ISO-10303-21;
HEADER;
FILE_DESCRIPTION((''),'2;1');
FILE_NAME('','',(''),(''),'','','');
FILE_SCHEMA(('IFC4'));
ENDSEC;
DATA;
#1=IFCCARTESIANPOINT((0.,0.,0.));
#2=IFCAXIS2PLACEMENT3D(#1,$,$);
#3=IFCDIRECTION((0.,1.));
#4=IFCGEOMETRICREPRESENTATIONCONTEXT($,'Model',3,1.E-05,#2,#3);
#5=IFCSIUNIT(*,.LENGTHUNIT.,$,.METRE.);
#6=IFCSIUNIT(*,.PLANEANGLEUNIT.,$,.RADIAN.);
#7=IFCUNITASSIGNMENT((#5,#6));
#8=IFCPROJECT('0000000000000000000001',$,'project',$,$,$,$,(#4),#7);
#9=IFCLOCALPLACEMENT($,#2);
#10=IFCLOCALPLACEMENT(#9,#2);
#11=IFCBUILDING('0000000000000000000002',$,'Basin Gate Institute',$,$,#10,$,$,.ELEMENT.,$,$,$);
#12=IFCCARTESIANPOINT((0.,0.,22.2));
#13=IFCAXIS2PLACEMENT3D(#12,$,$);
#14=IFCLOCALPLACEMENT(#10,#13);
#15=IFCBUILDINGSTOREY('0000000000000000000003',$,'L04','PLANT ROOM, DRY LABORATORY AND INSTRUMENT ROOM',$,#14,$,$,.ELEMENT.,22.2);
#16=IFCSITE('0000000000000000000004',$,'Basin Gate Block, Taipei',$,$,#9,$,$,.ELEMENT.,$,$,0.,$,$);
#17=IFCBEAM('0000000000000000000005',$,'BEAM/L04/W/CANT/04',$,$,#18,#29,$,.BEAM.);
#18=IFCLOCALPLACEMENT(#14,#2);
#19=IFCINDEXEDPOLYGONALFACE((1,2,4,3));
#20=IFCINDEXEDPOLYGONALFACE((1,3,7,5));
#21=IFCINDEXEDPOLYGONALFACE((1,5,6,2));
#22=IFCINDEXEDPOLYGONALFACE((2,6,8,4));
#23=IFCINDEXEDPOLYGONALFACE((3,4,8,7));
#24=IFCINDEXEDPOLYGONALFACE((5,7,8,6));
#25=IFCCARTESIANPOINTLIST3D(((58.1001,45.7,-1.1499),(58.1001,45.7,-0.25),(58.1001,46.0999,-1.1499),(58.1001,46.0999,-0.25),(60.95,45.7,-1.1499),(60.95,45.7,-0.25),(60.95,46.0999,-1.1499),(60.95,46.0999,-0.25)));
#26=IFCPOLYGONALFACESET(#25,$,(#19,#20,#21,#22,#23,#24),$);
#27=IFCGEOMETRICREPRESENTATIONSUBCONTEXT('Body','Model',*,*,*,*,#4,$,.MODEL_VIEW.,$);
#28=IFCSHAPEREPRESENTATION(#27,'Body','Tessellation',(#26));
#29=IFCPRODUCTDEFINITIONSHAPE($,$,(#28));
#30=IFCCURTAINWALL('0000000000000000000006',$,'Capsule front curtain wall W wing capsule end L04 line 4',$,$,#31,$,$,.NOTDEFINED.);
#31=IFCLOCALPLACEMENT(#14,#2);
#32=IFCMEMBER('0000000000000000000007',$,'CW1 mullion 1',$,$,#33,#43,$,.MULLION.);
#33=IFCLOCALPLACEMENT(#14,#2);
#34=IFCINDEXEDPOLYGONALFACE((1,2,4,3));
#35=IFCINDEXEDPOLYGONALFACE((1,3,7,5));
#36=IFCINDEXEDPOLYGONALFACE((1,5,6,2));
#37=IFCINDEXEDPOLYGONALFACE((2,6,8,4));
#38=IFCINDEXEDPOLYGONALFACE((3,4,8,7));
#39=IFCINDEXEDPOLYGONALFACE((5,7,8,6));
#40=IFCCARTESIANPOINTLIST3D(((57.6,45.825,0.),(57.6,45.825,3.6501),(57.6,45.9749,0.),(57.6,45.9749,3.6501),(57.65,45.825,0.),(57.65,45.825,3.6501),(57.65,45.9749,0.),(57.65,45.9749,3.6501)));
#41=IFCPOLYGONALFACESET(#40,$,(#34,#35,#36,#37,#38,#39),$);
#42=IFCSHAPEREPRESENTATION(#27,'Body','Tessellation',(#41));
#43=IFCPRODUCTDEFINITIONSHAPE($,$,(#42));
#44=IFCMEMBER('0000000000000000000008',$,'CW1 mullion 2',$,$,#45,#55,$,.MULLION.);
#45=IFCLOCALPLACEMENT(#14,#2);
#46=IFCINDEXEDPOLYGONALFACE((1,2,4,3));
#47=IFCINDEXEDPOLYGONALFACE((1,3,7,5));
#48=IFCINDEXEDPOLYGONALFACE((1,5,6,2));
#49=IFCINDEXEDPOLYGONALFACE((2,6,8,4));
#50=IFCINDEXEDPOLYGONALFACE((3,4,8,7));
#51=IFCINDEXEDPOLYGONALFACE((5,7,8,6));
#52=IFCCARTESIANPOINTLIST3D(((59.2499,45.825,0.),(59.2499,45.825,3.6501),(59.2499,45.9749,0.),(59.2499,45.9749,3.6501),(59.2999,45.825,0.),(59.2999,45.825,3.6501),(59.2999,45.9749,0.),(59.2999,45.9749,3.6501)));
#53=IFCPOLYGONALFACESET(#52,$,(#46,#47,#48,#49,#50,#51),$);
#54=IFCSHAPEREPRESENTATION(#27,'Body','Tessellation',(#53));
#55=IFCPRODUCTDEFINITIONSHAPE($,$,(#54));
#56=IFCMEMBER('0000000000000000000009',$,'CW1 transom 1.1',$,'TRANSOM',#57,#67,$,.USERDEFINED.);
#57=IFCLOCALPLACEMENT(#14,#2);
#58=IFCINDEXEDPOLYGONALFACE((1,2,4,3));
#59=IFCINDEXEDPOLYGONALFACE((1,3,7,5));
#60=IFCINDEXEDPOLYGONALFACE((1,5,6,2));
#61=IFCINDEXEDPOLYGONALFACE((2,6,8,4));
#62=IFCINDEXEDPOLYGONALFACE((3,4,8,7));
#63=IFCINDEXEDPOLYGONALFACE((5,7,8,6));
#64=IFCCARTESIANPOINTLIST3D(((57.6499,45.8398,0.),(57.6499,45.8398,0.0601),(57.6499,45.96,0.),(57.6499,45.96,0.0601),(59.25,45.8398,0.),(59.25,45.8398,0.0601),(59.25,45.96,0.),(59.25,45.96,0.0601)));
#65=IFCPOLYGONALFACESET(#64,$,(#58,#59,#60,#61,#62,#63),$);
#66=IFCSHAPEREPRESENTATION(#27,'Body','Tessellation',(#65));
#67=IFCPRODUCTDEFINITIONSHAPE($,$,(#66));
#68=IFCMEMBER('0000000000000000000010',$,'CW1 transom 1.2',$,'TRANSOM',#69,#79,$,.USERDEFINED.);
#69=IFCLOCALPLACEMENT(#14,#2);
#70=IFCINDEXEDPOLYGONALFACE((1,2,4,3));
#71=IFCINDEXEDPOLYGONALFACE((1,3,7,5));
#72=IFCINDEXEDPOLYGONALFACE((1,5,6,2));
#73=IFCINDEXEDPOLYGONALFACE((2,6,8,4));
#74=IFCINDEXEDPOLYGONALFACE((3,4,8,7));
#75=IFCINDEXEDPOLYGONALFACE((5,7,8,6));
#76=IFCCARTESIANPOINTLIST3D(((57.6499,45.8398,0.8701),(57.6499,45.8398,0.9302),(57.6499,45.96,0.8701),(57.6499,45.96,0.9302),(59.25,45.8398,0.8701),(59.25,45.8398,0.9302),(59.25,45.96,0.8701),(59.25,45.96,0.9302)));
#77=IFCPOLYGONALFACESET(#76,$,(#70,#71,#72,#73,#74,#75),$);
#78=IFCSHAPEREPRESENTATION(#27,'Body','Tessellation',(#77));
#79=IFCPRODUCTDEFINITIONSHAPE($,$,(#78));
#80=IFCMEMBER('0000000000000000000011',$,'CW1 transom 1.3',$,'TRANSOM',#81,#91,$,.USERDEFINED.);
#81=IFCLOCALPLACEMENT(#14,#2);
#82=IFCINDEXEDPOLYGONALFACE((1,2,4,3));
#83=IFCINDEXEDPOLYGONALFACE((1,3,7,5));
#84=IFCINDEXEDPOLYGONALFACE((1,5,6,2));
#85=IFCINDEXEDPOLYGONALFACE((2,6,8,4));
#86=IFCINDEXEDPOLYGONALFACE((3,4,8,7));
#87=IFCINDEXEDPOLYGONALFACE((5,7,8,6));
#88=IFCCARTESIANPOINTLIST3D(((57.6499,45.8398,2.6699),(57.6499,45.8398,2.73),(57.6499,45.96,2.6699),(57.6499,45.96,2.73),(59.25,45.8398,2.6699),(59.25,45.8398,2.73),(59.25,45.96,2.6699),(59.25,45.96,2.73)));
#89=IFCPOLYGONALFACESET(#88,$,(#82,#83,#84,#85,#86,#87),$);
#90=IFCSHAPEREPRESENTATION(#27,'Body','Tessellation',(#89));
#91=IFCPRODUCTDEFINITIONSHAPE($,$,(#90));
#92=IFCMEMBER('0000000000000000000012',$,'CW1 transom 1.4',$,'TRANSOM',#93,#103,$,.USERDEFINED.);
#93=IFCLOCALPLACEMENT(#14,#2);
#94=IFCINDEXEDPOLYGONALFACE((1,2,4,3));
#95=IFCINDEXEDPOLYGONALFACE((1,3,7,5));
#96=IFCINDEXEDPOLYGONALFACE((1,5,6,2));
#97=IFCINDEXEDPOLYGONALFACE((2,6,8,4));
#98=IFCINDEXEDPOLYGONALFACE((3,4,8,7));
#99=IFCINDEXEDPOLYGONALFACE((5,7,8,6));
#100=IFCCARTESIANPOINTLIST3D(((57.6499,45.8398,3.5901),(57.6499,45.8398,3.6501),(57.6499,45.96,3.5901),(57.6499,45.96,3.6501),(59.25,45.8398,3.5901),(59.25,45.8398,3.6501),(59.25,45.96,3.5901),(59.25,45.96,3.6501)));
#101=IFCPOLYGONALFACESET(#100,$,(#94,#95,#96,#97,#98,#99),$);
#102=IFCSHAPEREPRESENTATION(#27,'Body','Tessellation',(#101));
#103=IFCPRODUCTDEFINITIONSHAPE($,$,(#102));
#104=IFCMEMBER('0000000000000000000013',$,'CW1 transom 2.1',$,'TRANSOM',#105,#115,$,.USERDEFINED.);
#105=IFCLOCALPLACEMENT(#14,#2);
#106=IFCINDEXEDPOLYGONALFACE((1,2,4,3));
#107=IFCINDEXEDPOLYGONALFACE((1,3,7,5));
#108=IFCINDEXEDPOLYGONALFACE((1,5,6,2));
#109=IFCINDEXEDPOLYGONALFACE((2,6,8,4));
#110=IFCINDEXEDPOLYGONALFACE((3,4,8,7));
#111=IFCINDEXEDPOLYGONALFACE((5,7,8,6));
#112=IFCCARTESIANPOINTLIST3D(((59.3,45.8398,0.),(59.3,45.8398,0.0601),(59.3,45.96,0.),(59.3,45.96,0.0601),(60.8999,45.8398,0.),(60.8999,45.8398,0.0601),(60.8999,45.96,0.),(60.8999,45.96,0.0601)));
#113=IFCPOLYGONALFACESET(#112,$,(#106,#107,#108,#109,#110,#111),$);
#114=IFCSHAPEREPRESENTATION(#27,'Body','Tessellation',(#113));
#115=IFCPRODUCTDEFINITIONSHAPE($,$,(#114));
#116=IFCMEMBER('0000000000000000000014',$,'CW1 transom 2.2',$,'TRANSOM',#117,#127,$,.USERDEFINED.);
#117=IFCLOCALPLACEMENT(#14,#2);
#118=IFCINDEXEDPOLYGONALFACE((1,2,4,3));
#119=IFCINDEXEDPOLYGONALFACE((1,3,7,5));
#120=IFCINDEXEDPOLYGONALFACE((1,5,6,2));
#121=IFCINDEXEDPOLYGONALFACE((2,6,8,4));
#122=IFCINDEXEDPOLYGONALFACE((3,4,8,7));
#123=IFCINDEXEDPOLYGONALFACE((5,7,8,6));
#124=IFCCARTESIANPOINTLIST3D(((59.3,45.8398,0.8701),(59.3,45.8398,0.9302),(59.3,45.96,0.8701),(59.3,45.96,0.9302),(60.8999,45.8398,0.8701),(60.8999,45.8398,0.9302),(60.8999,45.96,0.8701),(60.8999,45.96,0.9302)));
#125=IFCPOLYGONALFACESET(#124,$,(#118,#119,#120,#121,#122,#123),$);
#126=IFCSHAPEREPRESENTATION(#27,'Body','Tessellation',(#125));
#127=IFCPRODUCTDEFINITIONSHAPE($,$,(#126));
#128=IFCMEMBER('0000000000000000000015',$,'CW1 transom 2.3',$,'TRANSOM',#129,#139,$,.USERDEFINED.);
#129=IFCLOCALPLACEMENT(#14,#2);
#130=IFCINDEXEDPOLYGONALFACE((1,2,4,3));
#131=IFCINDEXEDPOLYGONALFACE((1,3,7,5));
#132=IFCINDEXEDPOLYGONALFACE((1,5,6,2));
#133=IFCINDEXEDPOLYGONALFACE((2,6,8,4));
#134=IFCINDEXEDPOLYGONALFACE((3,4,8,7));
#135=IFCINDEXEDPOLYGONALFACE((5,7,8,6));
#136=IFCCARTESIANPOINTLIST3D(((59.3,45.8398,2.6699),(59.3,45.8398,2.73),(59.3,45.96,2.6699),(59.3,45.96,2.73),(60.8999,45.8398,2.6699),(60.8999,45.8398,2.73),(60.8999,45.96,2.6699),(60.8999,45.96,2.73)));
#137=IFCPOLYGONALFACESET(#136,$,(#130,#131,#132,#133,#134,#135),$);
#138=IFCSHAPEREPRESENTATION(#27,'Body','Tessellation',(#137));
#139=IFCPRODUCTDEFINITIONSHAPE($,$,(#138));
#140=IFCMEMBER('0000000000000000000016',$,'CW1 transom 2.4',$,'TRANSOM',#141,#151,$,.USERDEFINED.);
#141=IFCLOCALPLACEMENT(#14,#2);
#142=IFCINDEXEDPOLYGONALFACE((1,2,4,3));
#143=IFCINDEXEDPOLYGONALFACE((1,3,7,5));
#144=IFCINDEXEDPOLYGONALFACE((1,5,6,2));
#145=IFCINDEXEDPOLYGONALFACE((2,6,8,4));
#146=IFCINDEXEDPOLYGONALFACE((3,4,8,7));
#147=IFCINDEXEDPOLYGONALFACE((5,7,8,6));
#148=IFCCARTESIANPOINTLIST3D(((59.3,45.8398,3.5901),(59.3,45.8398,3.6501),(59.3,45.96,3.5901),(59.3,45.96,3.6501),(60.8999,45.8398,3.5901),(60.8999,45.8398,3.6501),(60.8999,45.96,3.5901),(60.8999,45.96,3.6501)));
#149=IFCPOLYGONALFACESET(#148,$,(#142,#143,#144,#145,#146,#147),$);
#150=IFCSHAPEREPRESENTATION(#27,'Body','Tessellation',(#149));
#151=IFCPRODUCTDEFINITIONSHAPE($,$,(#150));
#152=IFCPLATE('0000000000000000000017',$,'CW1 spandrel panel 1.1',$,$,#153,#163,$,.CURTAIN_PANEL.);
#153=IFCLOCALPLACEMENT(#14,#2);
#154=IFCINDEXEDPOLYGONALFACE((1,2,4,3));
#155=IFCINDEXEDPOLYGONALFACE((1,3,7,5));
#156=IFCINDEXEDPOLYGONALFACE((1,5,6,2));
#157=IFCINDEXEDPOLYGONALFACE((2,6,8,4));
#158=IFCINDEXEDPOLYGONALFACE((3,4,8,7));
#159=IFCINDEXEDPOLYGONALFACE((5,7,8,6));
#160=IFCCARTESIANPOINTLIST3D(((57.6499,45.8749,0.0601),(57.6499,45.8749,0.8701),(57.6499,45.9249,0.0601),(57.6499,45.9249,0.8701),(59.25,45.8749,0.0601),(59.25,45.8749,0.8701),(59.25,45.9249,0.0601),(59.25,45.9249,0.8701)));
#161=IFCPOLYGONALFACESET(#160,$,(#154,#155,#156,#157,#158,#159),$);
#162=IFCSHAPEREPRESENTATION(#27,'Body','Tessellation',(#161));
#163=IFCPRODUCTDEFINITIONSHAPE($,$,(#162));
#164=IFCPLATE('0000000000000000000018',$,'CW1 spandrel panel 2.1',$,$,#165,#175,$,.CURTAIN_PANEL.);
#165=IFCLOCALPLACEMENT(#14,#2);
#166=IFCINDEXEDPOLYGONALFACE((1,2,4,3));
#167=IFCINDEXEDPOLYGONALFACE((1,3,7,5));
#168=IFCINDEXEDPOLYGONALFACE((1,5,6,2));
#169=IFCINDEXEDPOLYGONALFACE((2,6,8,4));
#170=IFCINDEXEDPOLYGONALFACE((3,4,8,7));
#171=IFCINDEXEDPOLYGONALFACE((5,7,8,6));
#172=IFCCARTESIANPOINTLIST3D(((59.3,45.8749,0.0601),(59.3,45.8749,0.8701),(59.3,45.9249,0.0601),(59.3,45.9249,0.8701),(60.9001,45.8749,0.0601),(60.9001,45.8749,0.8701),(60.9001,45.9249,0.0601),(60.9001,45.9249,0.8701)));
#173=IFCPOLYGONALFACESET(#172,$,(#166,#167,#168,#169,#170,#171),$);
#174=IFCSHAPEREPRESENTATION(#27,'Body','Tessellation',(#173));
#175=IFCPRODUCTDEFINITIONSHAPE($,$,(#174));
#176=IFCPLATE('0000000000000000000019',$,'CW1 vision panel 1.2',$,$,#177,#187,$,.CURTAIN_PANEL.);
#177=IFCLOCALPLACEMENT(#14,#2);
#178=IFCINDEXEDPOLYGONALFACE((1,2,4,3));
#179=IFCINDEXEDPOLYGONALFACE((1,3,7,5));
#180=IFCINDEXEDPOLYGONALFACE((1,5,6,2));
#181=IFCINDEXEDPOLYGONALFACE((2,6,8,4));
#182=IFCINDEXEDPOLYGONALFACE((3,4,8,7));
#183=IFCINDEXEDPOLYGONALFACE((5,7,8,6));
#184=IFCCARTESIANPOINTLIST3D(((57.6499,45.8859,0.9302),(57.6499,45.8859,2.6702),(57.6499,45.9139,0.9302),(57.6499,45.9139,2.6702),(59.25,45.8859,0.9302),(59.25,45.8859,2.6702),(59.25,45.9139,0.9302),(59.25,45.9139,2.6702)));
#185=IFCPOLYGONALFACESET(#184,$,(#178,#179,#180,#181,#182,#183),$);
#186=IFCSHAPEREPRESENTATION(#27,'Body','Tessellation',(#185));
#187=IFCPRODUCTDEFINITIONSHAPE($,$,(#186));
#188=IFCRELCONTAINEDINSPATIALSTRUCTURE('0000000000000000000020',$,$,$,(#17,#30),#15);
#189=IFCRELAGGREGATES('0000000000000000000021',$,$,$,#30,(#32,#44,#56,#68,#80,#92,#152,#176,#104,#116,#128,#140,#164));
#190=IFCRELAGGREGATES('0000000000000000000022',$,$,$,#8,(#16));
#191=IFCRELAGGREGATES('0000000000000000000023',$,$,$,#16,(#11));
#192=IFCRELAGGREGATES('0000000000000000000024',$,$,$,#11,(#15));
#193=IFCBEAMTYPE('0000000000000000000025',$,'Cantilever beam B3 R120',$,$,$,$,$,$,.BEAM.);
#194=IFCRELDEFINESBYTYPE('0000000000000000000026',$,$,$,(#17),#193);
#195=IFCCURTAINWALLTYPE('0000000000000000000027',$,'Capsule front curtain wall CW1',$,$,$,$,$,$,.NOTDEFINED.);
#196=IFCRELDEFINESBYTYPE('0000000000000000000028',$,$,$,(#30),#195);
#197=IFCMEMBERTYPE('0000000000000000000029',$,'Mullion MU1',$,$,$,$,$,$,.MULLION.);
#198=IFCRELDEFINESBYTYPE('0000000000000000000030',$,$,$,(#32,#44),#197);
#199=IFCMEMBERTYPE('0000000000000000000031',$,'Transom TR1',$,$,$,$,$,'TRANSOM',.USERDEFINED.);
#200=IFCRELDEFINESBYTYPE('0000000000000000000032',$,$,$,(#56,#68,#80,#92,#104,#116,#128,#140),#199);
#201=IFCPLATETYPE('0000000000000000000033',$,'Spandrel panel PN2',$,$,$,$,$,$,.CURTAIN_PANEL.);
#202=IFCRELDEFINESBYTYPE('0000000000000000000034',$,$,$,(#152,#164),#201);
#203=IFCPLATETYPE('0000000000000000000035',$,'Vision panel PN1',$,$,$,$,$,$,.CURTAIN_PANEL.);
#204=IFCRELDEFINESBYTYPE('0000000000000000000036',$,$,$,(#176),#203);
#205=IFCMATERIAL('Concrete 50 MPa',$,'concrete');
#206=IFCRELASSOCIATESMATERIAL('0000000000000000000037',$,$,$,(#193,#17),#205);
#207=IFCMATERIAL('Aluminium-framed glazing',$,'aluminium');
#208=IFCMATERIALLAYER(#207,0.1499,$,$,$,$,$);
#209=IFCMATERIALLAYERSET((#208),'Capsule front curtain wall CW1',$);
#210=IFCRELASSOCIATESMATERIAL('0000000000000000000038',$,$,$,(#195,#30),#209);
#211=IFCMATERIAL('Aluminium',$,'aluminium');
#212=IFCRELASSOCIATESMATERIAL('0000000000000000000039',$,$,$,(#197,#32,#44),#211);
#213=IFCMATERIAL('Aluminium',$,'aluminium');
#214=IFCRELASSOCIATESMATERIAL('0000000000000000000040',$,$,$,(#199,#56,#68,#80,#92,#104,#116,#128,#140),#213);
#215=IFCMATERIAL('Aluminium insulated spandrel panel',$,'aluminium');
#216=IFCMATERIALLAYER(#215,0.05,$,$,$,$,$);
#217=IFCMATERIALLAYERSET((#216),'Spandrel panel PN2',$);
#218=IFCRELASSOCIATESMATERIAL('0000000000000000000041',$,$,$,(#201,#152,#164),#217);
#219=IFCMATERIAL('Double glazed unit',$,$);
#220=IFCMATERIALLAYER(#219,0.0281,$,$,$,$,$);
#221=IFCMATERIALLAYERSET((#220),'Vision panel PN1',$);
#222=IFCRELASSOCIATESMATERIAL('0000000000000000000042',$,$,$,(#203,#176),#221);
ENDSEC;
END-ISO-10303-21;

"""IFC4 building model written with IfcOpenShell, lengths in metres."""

from ifc_helpers import new_model, si_unit, direction, frame, origin, origin_2d, place, context, subcontext, project, spatial, rectangle, extrude, material, layer, layer_set, material_profile, profile_set, type_object, element, aggregate, save


model = new_model("IFC4")

# Units and contexts
model_context = context("Model", 3, precision=1e-05, world=origin(), true_north=direction((0.0, 1.0)))
body_context = subcontext(model_context, "Body", "Model", "MODEL_VIEW")
ifc_project = project(units=[si_unit("LENGTHUNIT", "METRE"), si_unit("PLANEANGLEUNIT", "RADIAN")], contexts=[model_context])

# Site, building, storey
site_placement = place(None, origin())
site = spatial("IfcSite", under=ifc_project, at=site_placement, Name="Basin Gate Block, Taipei", CompositionType="ELEMENT", RefElevation=0.0)
building_placement = place(site_placement, origin())
building = spatial("IfcBuilding", under=site, at=building_placement, Name="Basin Gate Institute", CompositionType="ELEMENT")
storey_placement = place(building_placement, frame((0.0, 0.0, 22.2)))
storey = spatial("IfcBuildingStorey", under=building, at=storey_placement, Name="L04", Description="PLANT ROOM, DRY LABORATORY AND INSTRUMENT ROOM", CompositionType="ELEMENT", Elevation=22.2)

# Beam
ifc_material_1 = material(Name="Concrete 50 MPa", Category="concrete")
ifc_material_profile_1 = material_profile(ifc_material_1, rectangle(XDim=0.3999, YDim=0.8999, at=origin_2d()), Name="Cantilever beam B3 400 x 900")
ifc_profile_set_1 = profile_set([ifc_material_profile_1], Name="Concrete 50 MPa")
beam_type = type_object("IfcBeamType", Name="Cantilever beam B3 R120", PredefinedType="BEAM", material=ifc_profile_set_1)
beam_placement = place(storey_placement, frame((58.1001, 45.8999, -0.7), z_axis=(1.0, 0.0, 0.0), x_axis=(0.0, 1.0, 0.0)))
element("IfcBeam", 1, at=beam_placement, inside=storey, type_object=beam_type, material=ifc_profile_set_1, Name="BEAM/L04/W/CANT/04", PredefinedType="BEAM", context=body_context, shape_type="SweptSolid", body=[
    extrude(rectangle(XDim=0.3999, YDim=0.8999, at=origin_2d()), origin(), (0.0, 0.0, 1.0), 2.8499),
])

# Curtain wall, members, plates
ifc_material_2 = material(Name="Aluminium-framed glazing", Category="aluminium")
ifc_layer_1 = layer(ifc_material_2, 0.1499)
ifc_layer_set_1 = layer_set([ifc_layer_1], Name="Capsule front curtain wall CW1")
curtain_wall_type = type_object("IfcCurtainWallType", Name="Capsule front curtain wall CW1", PredefinedType="NOTDEFINED", material=ifc_layer_set_1)
curtain_wall_placement = place(storey_placement, origin())
curtain_wall = element("IfcCurtainWall", 2, at=curtain_wall_placement, inside=storey, type_object=curtain_wall_type, material=ifc_layer_set_1, Name="Capsule front curtain wall W wing capsule end L04 line 4", PredefinedType="NOTDEFINED")
ifc_material_3 = material(Name="Aluminium", Category="aluminium")
ifc_material_profile_2 = material_profile(ifc_material_3, rectangle(XDim=0.1499, YDim=0.05, at=origin_2d()), Name="Mullion MU1 150 x 50")
ifc_profile_set_2 = profile_set([ifc_material_profile_2], Name="Aluminium")
member_type_1 = type_object("IfcMemberType", Name="Mullion MU1", PredefinedType="MULLION", material=ifc_profile_set_2)
member_1_placement = place(storey_placement, frame((57.625, 45.8999, 0.0), z_axis=(0.0, 0.0, 1.0), x_axis=(0.0, 1.0, 0.0)))
member_1 = element("IfcMember", 3, at=member_1_placement, type_object=member_type_1, material=ifc_profile_set_2, Name="CW1 mullion 1", PredefinedType="MULLION", context=body_context, shape_type="SweptSolid", body=[
    extrude(rectangle(XDim=0.1499, YDim=0.05, at=origin_2d()), origin(), (0.0, 0.0, 1.0), 3.6501),
])
member_2_placement = place(storey_placement, frame((59.2749, 45.8999, 0.0), z_axis=(0.0, 0.0, 1.0), x_axis=(0.0, 1.0, 0.0)))
member_2 = element("IfcMember", 4, at=member_2_placement, type_object=member_type_1, material=ifc_profile_set_2, Name="CW1 mullion 2", PredefinedType="MULLION", context=body_context, shape_type="SweptSolid", body=[
    extrude(rectangle(XDim=0.1499, YDim=0.05, at=origin_2d()), origin(), (0.0, 0.0, 1.0), 3.6501),
])
ifc_material_4 = material(Name="Aluminium", Category="aluminium")
ifc_material_profile_3 = material_profile(ifc_material_4, rectangle(XDim=0.1201, YDim=0.0601, at=origin_2d()), Name="Transom TR1 120 x 60")
ifc_profile_set_3 = profile_set([ifc_material_profile_3], Name="Aluminium")
member_type_2 = type_object("IfcMemberType", Name="Transom TR1", ElementType="TRANSOM", PredefinedType="USERDEFINED", material=ifc_profile_set_3)
member_3_placement = place(storey_placement, frame((57.6499, 45.8999, 0.03), z_axis=(1.0, 0.0, 0.0), x_axis=(0.0, 1.0, 0.0)))
member_3 = element("IfcMember", 5, at=member_3_placement, type_object=member_type_2, material=ifc_profile_set_3, Name="CW1 transom 1.1", ObjectType="TRANSOM", PredefinedType="USERDEFINED", context=body_context, shape_type="SweptSolid", body=[
    extrude(rectangle(XDim=0.1201, YDim=0.0601, at=origin_2d()), origin(), (0.0, 0.0, 1.0), 1.6001),
])
member_4_placement = place(storey_placement, frame((57.6499, 45.8999, 0.9001), z_axis=(1.0, 0.0, 0.0), x_axis=(0.0, 1.0, 0.0)))
member_4 = element("IfcMember", 6, at=member_4_placement, type_object=member_type_2, material=ifc_profile_set_3, Name="CW1 transom 1.2", ObjectType="TRANSOM", PredefinedType="USERDEFINED", context=body_context, shape_type="SweptSolid", body=[
    extrude(rectangle(XDim=0.1201, YDim=0.0601, at=origin_2d()), origin(), (0.0, 0.0, 1.0), 1.6001),
])
member_5_placement = place(storey_placement, frame((57.6499, 45.8999, 2.7), z_axis=(1.0, 0.0, 0.0), x_axis=(0.0, 1.0, 0.0)))
member_5 = element("IfcMember", 7, at=member_5_placement, type_object=member_type_2, material=ifc_profile_set_3, Name="CW1 transom 1.3", ObjectType="TRANSOM", PredefinedType="USERDEFINED", context=body_context, shape_type="SweptSolid", body=[
    extrude(rectangle(XDim=0.1201, YDim=0.0601, at=origin_2d()), origin(), (0.0, 0.0, 1.0), 1.6001),
])
member_6_placement = place(storey_placement, frame((57.6499, 45.8999, 3.6201), z_axis=(1.0, 0.0, 0.0), x_axis=(0.0, 1.0, 0.0)))
member_6 = element("IfcMember", 8, at=member_6_placement, type_object=member_type_2, material=ifc_profile_set_3, Name="CW1 transom 1.4", ObjectType="TRANSOM", PredefinedType="USERDEFINED", context=body_context, shape_type="SweptSolid", body=[
    extrude(rectangle(XDim=0.1201, YDim=0.0601, at=origin_2d()), origin(), (0.0, 0.0, 1.0), 1.6001),
])
member_7_placement = place(storey_placement, frame((59.3, 45.8999, 0.03), z_axis=(1.0, 0.0, 0.0), x_axis=(0.0, 1.0, 0.0)))
member_7 = element("IfcMember", 9, at=member_7_placement, type_object=member_type_2, material=ifc_profile_set_3, Name="CW1 transom 2.1", ObjectType="TRANSOM", PredefinedType="USERDEFINED", context=body_context, shape_type="SweptSolid", body=[
    extrude(rectangle(XDim=0.1201, YDim=0.0601, at=origin_2d()), origin(), (0.0, 0.0, 1.0), 1.5999),
])
member_8_placement = place(storey_placement, frame((59.3, 45.8999, 0.9001), z_axis=(1.0, 0.0, 0.0), x_axis=(0.0, 1.0, 0.0)))
member_8 = element("IfcMember", 10, at=member_8_placement, type_object=member_type_2, material=ifc_profile_set_3, Name="CW1 transom 2.2", ObjectType="TRANSOM", PredefinedType="USERDEFINED", context=body_context, shape_type="SweptSolid", body=[
    extrude(rectangle(XDim=0.1201, YDim=0.0601, at=origin_2d()), origin(), (0.0, 0.0, 1.0), 1.5999),
])
member_9_placement = place(storey_placement, frame((59.3, 45.8999, 2.7), z_axis=(1.0, 0.0, 0.0), x_axis=(0.0, 1.0, 0.0)))
member_9 = element("IfcMember", 11, at=member_9_placement, type_object=member_type_2, material=ifc_profile_set_3, Name="CW1 transom 2.3", ObjectType="TRANSOM", PredefinedType="USERDEFINED", context=body_context, shape_type="SweptSolid", body=[
    extrude(rectangle(XDim=0.1201, YDim=0.0601, at=origin_2d()), origin(), (0.0, 0.0, 1.0), 1.5999),
])
member_10_placement = place(storey_placement, frame((59.3, 45.8999, 3.6201), z_axis=(1.0, 0.0, 0.0), x_axis=(0.0, 1.0, 0.0)))
member_10 = element("IfcMember", 12, at=member_10_placement, type_object=member_type_2, material=ifc_profile_set_3, Name="CW1 transom 2.4", ObjectType="TRANSOM", PredefinedType="USERDEFINED", context=body_context, shape_type="SweptSolid", body=[
    extrude(rectangle(XDim=0.1201, YDim=0.0601, at=origin_2d()), origin(), (0.0, 0.0, 1.0), 1.5999),
])
ifc_material_5 = material(Name="Aluminium insulated spandrel panel", Category="aluminium")
ifc_layer_2 = layer(ifc_material_5, 0.05)
ifc_layer_set_2 = layer_set([ifc_layer_2], Name="Spandrel panel PN2")
plate_type_1 = type_object("IfcPlateType", Name="Spandrel panel PN2", PredefinedType="CURTAIN_PANEL", material=ifc_layer_set_2)
plate_1_placement = place(storey_placement, frame((58.45, 45.8999, 0.0601), z_axis=(0.0, 0.0, 1.0), x_axis=(1.0, 0.0, 0.0)))
plate_1 = element("IfcPlate", 13, at=plate_1_placement, type_object=plate_type_1, material=ifc_layer_set_2, Name="CW1 spandrel panel 1.1", PredefinedType="CURTAIN_PANEL", context=body_context, shape_type="SweptSolid", body=[
    extrude(rectangle(XDim=1.6001, YDim=0.05, at=origin_2d()), origin(), (0.0, 0.0, 1.0), 0.8101),
])
plate_2_placement = place(storey_placement, frame((60.1001, 45.8999, 0.0601), z_axis=(0.0, 0.0, 1.0), x_axis=(1.0, 0.0, 0.0)))
plate_2 = element("IfcPlate", 14, at=plate_2_placement, type_object=plate_type_1, material=ifc_layer_set_2, Name="CW1 spandrel panel 2.1", PredefinedType="CURTAIN_PANEL", context=body_context, shape_type="SweptSolid", body=[
    extrude(rectangle(XDim=1.6001, YDim=0.05, at=origin_2d()), origin(), (0.0, 0.0, 1.0), 0.8101),
])
ifc_material_6 = material(Name="Double glazed unit")
ifc_layer_3 = layer(ifc_material_6, 0.0281)
ifc_layer_set_3 = layer_set([ifc_layer_3], Name="Vision panel PN1")
plate_type_2 = type_object("IfcPlateType", Name="Vision panel PN1", PredefinedType="CURTAIN_PANEL", material=ifc_layer_set_3)
plate_3_placement = place(storey_placement, frame((58.45, 45.8999, 0.9302), z_axis=(0.0, 0.0, 1.0), x_axis=(1.0, 0.0, 0.0)))
plate_3 = element("IfcPlate", 15, at=plate_3_placement, type_object=plate_type_2, material=ifc_layer_set_3, Name="CW1 vision panel 1.2", PredefinedType="CURTAIN_PANEL", context=body_context, shape_type="SweptSolid", body=[
    extrude(rectangle(XDim=1.6001, YDim=0.0281, at=origin_2d()), origin(), (0.0, 0.0, 1.0), 1.74),
])
aggregate(curtain_wall, [member_1, member_2, member_3, member_4, member_5, member_6, plate_1, plate_3, member_7, member_8, member_9, member_10, plate_2])

save(model, "model.ifc")
